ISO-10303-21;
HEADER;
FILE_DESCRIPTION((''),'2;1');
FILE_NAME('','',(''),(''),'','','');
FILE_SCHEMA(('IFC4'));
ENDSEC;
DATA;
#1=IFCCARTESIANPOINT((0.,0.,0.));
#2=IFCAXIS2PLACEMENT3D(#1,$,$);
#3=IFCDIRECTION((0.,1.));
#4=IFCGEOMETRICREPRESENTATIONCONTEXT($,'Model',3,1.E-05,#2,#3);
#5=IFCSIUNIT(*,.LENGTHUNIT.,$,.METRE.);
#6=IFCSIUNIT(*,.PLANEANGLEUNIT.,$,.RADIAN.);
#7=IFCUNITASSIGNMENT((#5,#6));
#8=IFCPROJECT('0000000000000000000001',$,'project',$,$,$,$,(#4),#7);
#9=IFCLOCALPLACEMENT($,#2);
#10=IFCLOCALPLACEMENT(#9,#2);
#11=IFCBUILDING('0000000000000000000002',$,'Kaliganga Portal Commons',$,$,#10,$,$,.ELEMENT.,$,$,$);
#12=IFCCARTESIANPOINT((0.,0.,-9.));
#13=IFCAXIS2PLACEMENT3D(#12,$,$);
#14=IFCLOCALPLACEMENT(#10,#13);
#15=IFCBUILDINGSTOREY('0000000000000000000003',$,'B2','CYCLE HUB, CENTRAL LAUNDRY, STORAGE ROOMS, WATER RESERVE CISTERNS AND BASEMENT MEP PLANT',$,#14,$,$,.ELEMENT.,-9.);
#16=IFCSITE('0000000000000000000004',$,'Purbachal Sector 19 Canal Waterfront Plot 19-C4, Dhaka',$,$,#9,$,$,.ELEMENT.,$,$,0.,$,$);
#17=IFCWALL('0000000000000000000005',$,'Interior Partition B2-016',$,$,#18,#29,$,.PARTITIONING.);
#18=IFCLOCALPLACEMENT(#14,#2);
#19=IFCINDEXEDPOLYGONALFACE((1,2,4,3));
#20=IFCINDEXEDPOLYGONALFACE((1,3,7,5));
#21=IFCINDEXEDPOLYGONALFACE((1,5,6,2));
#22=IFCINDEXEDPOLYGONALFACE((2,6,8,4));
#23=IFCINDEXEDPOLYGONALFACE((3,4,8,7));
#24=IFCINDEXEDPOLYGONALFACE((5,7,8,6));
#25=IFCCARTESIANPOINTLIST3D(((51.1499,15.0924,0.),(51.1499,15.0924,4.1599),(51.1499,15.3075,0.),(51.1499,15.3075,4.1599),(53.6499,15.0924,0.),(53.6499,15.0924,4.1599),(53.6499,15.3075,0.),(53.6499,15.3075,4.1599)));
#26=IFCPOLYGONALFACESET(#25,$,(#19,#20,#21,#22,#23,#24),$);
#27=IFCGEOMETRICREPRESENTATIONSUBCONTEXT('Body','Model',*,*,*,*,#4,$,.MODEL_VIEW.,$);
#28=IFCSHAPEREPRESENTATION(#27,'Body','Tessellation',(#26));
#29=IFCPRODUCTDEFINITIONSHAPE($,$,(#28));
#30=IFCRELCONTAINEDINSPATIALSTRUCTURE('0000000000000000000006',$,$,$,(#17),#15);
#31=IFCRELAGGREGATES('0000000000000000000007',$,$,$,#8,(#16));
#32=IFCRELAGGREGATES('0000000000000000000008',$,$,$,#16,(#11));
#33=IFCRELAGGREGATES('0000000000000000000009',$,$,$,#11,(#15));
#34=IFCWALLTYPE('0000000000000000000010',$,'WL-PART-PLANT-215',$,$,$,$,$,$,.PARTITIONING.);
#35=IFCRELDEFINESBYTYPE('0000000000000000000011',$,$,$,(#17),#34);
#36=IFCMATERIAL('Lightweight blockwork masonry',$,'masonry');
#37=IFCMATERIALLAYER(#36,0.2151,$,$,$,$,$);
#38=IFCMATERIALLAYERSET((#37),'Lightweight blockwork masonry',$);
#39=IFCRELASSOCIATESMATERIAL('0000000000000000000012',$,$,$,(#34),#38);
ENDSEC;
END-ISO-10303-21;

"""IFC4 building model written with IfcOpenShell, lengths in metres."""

from ifc_helpers import new_model, si_unit, direction, frame, frame_2d, origin, place, context, subcontext, project, spatial, rectangle, extrude, material, layer, layer_set, type_object, element, save


model = new_model("IFC4")

# Units and contexts
model_context = context("Model", 3, precision=1e-05, world=origin(), true_north=direction((0.0, 1.0)))
body_context = subcontext(model_context, "Body", "Model", "MODEL_VIEW")
ifc_project = project(units=[si_unit("LENGTHUNIT", "METRE"), si_unit("PLANEANGLEUNIT", "RADIAN")], contexts=[model_context])

# Site, building, storey
site_placement = place(None, origin())
site = spatial("IfcSite", under=ifc_project, at=site_placement, Name="Purbachal Sector 19 Canal Waterfront Plot 19-C4, Dhaka", CompositionType="ELEMENT", RefElevation=0.0)
building_placement = place(site_placement, origin())
building = spatial("IfcBuilding", under=site, at=building_placement, Name="Kaliganga Portal Commons", CompositionType="ELEMENT")
storey_placement = place(building_placement, frame((0.0, 0.0, -9.0)))
storey = spatial("IfcBuildingStorey", under=building, at=storey_placement, Name="B2", Description="CYCLE HUB, CENTRAL LAUNDRY, STORAGE ROOMS, WATER RESERVE CISTERNS AND BASEMENT MEP PLANT", CompositionType="ELEMENT", Elevation=-9.0)

# Wall
ifc_material_1 = material(Name="Lightweight blockwork masonry", Category="masonry")
ifc_layer_1 = layer(ifc_material_1, 0.2151)
ifc_layer_set_1 = layer_set([ifc_layer_1], Name="Lightweight blockwork masonry")
wall_type_1 = type_object("IfcWallType", Name="WL-PART-PLANT-215", PredefinedType="PARTITIONING", material=ifc_layer_set_1)
wall_placement = place(storey_placement, frame((51.1499, 15.2, 0.0), z_axis=(0.0, 0.0, 1.0), x_axis=(1.0, 0.0, 0.0)))
element("IfcWall", 1, at=wall_placement, inside=storey, type_object=wall_type_1, Name="Interior Partition B2-016", PredefinedType="PARTITIONING", context=body_context, shape_type="SweptSolid", body=[
    extrude(rectangle(XDim=2.5, YDim=0.2151, at=frame_2d((1.25, 0.0))), origin(), (0.0, 0.0, 1.0), 4.1599),
])

save(model, "model.ifc")
